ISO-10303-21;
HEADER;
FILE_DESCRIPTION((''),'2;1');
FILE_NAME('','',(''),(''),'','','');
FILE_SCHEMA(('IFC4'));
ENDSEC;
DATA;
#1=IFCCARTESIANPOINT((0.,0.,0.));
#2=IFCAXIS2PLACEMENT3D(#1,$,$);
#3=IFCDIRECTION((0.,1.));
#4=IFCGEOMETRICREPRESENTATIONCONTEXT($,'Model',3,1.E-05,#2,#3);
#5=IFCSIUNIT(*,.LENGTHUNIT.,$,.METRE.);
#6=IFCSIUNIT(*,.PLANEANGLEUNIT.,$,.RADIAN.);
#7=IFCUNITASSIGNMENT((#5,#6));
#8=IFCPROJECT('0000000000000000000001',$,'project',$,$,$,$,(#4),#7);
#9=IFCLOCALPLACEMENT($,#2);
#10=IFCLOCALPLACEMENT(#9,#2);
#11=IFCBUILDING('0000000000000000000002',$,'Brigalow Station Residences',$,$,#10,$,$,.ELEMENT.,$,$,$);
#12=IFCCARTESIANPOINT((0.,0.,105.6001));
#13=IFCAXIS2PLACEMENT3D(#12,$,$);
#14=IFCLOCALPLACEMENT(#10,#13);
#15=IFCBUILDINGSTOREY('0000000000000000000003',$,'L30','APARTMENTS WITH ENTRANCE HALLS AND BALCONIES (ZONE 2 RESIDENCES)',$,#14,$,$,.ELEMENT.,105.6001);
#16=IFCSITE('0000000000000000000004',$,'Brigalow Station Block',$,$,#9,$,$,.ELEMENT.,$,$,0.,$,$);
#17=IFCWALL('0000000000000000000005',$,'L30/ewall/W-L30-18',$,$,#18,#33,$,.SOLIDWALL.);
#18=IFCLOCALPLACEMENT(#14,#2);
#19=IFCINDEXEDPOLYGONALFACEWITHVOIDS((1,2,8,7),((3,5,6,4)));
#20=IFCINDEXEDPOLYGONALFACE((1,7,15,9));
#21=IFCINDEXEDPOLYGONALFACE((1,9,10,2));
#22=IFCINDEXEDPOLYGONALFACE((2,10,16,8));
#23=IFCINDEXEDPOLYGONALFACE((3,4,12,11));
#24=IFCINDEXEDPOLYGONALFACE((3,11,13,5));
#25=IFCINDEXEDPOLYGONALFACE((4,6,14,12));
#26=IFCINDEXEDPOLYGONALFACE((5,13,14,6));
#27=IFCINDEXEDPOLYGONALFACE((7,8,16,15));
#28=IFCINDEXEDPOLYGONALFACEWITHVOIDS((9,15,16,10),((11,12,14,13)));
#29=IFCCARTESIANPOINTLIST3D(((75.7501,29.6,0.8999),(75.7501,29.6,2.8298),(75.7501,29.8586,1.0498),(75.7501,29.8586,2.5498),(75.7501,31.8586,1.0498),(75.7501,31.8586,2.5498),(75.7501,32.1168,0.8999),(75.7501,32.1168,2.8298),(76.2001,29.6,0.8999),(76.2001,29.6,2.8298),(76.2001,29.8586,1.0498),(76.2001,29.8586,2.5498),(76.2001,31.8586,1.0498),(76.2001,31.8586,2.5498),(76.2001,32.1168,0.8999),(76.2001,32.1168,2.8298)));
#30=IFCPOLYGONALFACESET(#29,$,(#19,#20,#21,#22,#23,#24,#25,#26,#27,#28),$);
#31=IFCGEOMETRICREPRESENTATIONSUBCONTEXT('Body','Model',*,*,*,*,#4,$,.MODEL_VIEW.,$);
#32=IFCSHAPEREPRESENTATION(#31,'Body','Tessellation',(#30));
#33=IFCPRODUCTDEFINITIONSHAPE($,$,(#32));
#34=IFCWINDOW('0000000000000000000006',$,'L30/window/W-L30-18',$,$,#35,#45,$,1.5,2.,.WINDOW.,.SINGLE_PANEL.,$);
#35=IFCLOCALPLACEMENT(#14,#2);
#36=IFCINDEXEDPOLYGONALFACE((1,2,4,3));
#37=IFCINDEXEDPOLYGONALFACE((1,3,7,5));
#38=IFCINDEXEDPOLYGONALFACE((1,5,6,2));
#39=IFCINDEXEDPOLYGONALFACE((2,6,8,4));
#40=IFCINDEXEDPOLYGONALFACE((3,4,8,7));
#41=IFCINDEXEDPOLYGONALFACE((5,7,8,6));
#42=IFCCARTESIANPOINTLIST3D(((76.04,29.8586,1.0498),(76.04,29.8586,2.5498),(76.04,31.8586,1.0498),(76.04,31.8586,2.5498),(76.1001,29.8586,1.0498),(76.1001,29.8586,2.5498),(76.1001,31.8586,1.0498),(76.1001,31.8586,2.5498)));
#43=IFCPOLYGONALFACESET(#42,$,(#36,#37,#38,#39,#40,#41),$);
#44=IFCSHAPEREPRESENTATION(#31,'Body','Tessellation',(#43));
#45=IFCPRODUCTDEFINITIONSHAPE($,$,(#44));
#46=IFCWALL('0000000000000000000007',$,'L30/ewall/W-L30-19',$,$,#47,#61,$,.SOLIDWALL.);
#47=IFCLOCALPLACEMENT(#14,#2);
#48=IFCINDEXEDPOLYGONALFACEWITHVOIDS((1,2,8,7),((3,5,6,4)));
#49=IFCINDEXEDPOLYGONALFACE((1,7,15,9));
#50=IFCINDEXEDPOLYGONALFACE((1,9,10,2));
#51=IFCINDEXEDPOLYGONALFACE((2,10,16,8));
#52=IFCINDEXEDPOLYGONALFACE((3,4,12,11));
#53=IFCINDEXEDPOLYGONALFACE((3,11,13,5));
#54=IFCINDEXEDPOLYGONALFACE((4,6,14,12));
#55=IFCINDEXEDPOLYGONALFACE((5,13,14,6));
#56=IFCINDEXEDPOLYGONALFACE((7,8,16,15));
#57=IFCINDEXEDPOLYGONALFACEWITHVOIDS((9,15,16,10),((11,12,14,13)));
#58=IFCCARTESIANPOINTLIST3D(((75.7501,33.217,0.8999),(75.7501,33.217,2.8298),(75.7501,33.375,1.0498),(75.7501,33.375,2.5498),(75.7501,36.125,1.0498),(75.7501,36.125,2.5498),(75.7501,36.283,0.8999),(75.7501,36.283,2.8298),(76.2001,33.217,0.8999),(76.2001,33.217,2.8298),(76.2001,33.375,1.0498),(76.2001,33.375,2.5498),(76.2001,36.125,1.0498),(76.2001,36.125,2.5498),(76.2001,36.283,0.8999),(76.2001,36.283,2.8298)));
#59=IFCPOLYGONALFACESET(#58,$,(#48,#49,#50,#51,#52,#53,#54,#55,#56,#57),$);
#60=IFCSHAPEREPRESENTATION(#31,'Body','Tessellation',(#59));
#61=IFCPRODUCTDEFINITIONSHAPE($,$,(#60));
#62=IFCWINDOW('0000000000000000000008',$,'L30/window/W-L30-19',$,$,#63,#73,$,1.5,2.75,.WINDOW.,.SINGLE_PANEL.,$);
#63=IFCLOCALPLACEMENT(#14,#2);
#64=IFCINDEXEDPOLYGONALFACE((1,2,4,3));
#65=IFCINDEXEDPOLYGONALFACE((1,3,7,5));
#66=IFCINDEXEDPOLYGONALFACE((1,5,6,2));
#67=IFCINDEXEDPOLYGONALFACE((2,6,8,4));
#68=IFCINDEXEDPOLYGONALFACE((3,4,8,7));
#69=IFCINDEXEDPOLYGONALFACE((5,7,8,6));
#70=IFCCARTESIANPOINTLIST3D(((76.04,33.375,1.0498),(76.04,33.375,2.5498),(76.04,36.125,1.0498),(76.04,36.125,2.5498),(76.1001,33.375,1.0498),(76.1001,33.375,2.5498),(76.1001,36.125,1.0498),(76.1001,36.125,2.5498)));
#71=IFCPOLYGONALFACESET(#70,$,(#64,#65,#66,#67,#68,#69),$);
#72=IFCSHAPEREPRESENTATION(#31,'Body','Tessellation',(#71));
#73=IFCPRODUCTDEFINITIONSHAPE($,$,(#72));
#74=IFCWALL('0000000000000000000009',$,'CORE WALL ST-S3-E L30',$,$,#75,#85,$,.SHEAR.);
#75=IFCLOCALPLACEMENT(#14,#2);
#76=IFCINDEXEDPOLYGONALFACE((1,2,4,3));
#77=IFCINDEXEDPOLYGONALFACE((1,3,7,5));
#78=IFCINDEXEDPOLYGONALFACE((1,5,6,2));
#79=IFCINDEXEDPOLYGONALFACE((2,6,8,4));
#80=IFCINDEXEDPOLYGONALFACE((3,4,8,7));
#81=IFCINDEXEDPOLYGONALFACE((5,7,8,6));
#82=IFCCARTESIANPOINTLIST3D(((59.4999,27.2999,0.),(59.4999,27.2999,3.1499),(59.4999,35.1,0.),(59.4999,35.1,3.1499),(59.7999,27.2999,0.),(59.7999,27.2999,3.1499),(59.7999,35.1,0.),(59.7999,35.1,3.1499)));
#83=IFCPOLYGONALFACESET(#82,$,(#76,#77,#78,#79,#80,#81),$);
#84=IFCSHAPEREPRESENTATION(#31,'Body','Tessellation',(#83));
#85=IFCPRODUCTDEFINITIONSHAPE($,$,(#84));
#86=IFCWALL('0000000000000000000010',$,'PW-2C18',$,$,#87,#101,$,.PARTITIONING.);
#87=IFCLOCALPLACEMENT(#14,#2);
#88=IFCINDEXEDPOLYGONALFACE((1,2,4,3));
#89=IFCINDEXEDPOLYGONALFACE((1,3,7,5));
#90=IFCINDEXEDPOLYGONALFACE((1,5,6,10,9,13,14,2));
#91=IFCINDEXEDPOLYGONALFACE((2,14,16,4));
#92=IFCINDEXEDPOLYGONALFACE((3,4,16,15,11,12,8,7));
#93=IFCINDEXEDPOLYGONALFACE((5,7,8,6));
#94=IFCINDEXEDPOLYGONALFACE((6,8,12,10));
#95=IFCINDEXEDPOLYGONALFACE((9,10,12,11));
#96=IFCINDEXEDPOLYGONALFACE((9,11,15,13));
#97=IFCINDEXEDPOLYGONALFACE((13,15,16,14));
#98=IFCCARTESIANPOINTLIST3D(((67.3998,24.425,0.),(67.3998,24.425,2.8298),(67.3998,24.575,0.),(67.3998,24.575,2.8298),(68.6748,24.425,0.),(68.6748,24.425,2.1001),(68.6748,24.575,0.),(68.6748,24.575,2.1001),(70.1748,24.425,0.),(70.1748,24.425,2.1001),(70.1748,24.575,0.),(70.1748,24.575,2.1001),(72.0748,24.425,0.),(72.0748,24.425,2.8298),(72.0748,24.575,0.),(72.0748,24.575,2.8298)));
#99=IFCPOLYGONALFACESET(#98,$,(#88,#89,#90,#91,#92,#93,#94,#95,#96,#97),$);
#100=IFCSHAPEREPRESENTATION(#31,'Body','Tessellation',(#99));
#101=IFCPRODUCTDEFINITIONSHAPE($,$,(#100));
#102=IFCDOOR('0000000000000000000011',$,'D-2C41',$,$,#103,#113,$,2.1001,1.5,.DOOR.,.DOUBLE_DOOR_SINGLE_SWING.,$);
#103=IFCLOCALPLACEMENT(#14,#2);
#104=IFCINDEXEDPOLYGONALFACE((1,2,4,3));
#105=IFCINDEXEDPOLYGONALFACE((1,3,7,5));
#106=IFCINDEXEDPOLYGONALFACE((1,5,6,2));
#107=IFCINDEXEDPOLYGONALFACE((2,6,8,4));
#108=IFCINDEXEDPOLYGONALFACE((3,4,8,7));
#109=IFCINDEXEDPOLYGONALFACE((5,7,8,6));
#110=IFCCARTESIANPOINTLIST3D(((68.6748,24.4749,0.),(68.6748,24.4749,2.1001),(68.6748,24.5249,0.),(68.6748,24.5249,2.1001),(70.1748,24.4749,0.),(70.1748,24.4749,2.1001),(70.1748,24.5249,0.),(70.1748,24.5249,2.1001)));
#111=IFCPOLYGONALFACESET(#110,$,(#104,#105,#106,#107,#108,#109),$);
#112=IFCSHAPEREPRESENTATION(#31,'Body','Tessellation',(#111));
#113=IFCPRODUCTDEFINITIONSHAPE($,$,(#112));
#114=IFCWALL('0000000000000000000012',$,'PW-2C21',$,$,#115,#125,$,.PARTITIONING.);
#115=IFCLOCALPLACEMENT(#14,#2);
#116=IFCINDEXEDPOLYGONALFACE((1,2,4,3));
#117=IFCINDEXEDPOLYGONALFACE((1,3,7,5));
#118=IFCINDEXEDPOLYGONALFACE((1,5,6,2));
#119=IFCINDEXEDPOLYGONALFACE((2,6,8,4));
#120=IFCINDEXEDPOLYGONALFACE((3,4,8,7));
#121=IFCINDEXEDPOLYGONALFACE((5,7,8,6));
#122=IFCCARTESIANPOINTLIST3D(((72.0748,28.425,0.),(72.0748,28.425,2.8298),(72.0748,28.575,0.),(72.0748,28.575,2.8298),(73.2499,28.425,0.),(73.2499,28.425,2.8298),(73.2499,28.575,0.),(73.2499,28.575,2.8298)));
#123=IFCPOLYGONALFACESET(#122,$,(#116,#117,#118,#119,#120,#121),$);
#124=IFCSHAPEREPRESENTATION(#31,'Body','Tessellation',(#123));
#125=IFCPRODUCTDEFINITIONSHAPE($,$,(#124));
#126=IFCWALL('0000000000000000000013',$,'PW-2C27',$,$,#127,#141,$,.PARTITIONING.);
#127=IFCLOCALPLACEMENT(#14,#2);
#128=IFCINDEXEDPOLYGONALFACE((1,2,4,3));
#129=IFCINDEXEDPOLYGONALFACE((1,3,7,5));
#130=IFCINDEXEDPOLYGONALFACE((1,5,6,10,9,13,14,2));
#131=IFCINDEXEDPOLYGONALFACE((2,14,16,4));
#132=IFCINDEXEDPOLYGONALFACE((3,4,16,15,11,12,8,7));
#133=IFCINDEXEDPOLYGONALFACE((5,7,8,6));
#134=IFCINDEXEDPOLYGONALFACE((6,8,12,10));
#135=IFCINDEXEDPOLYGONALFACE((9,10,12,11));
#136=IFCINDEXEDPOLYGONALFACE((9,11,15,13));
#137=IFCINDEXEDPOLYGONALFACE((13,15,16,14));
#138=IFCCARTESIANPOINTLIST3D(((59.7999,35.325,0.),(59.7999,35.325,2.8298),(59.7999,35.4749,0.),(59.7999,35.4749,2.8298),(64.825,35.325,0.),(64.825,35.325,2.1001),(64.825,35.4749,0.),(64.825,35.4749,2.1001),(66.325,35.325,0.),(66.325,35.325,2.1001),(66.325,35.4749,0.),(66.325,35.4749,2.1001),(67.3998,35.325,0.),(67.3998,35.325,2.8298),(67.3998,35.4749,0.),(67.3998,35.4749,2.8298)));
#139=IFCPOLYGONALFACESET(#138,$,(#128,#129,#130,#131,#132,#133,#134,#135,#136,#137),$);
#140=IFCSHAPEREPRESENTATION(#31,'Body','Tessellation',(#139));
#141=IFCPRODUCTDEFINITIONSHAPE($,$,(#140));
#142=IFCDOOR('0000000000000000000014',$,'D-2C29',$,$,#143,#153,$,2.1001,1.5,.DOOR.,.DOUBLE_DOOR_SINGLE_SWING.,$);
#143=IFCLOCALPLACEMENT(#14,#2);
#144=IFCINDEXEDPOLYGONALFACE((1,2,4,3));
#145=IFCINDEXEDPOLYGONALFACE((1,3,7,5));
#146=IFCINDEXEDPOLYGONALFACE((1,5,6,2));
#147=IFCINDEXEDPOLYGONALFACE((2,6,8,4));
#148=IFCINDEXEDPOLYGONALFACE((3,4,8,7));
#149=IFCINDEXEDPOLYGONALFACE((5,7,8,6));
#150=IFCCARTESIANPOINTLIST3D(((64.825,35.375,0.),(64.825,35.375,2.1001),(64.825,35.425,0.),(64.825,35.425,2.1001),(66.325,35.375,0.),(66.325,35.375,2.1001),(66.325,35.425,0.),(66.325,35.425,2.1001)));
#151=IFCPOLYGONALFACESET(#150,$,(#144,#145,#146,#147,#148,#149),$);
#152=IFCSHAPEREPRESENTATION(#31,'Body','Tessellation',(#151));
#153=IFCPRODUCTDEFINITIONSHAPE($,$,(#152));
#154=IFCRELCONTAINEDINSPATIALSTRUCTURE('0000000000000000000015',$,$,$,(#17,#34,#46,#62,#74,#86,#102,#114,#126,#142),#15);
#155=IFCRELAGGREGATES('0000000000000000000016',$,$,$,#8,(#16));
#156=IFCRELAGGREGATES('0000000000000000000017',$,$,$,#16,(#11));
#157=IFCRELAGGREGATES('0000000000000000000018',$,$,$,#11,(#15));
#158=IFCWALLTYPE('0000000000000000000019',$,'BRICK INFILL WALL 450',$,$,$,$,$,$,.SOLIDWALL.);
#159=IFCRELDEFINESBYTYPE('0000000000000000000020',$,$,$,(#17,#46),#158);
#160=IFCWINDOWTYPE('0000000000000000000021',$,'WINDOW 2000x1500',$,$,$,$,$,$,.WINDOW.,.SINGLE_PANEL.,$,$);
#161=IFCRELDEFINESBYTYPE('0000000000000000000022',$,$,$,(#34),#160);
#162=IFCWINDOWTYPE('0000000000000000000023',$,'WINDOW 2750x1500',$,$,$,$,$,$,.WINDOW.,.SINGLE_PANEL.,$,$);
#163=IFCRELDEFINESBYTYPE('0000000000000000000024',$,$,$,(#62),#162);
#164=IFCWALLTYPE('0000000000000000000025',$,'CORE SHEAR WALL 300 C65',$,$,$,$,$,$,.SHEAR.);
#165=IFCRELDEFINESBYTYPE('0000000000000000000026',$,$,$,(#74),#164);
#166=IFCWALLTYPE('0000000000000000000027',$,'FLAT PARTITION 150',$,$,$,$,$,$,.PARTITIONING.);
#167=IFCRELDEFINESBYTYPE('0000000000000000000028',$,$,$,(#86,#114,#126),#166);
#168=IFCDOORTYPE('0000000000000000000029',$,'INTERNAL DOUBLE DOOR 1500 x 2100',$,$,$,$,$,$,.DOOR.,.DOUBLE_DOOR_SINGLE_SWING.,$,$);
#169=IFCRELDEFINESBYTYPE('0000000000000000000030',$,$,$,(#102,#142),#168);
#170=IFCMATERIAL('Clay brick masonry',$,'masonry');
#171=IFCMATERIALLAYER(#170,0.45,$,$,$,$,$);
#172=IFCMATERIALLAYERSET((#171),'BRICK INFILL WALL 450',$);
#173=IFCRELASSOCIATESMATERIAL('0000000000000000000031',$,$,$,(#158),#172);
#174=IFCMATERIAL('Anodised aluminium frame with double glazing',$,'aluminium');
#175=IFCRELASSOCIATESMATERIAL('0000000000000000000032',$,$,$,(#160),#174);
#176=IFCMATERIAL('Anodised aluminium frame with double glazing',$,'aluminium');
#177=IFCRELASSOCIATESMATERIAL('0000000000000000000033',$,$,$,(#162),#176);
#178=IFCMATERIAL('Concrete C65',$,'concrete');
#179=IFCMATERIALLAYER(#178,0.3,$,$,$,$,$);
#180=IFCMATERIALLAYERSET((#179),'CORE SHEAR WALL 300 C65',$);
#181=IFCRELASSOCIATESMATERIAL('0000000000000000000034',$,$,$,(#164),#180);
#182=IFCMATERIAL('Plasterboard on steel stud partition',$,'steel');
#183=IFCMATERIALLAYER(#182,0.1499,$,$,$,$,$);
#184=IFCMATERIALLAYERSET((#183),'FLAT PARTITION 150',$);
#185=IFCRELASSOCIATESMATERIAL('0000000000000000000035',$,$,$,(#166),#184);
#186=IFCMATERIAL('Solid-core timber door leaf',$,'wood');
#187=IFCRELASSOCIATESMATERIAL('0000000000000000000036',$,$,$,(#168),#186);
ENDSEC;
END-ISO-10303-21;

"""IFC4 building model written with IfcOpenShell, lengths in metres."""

from ifc_helpers import new_model, si_unit, direction, frame, frame_2d, origin, place, context, subcontext, project, spatial, rectangle, extrude, material, layer, layer_set, type_object, element, fill, save


model = new_model("IFC4")

# Units and contexts
model_context = context("Model", 3, precision=1e-05, world=origin(), true_north=direction((0.0, 1.0)))
body_context = subcontext(model_context, "Body", "Model", "MODEL_VIEW")
ifc_project = project(units=[si_unit("LENGTHUNIT", "METRE"), si_unit("PLANEANGLEUNIT", "RADIAN")], contexts=[model_context])

# Site, building, storey
site_placement = place(None, origin())
site = spatial("IfcSite", under=ifc_project, at=site_placement, Name="Brigalow Station Block", CompositionType="ELEMENT", RefElevation=0.0)
building_placement = place(site_placement, origin())
building = spatial("IfcBuilding", under=site, at=building_placement, Name="Brigalow Station Residences", CompositionType="ELEMENT")
storey_placement = place(building_placement, frame((0.0, 0.0, 105.6001)))
storey = spatial("IfcBuildingStorey", under=building, at=storey_placement, Name="L30", Description="APARTMENTS WITH ENTRANCE HALLS AND BALCONIES (ZONE 2 RESIDENCES)", CompositionType="ELEMENT", Elevation=105.6001)

# Shared definitions
ifc_material_1 = material(Name="Clay brick masonry", Category="masonry")
ifc_layer_1 = layer(ifc_material_1, 0.45)
ifc_layer_set_1 = layer_set([ifc_layer_1], Name="BRICK INFILL WALL 450")
wall_type_1 = type_object("IfcWallType", Name="BRICK INFILL WALL 450", PredefinedType="SOLIDWALL", material=ifc_layer_set_1)

# Walls, openings, windows
wall_1_placement = place(storey_placement, frame((75.9751, 29.6001, 0.8999), z_axis=(0.0, 0.0, 1.0), x_axis=(0.0, 1.0, 0.0)))
wall_1 = element("IfcWall", 1, at=wall_1_placement, inside=storey, type_object=wall_type_1, Name="L30/ewall/W-L30-18", PredefinedType="SOLIDWALL", context=body_context, shape_type="SweptSolid", body=[
    extrude(rectangle(XDim=2.5168, YDim=0.45, at=frame_2d((1.2583, 0.0))), origin(), (0.0, 0.0, 1.0), 1.9299),
])
opening_1_placement = place(wall_1_placement, frame((0.2585, 0.0, 0.1499)))
opening_1 = element("IfcOpeningElement", 2, at=opening_1_placement, cuts=wall_1, PredefinedType="OPENING", context=body_context, shape_type="SweptSolid", body=[
    extrude(rectangle(XDim=2.0, YDim=1.5, at=frame_2d((1.0, 0.75))), frame((0.0, 0.2349, 0.0), z_axis=(0.0, -1.0, 0.0), x_axis=(1.0, 0.0, 0.0)), (0.0, 0.0, 1.0), 0.47),
])
ifc_material_2 = material(Name="Anodised aluminium frame with double glazing", Category="aluminium")
window_type_1 = type_object("IfcWindowType", Name="WINDOW 2000x1500", PartitioningType="SINGLE_PANEL", PredefinedType="WINDOW", material=ifc_material_2)
window_1_placement = place(opening_1_placement, origin())
window_1 = element("IfcWindow", 3, at=window_1_placement, inside=storey, type_object=window_type_1, Name="L30/window/W-L30-18", OverallHeight=1.5, OverallWidth=2.0, PartitioningType="SINGLE_PANEL", PredefinedType="WINDOW", context=body_context, shape_type="SweptSolid", body=[
    extrude(rectangle(XDim=2.0, YDim=1.5, at=frame_2d((1.0, 0.75))), frame((0.0, -0.0649, 0.0), z_axis=(0.0, -1.0, 0.0), x_axis=(1.0, 0.0, 0.0)), (0.0, 0.0, 1.0), 0.0601),
])
fill(opening_1, window_1)
wall_2_placement = place(storey_placement, frame((75.9751, 33.217, 0.8999), z_axis=(0.0, 0.0, 1.0), x_axis=(0.0, 1.0, 0.0)))
wall_2 = element("IfcWall", 4, at=wall_2_placement, inside=storey, type_object=wall_type_1, Name="L30/ewall/W-L30-19", PredefinedType="SOLIDWALL", context=body_context, shape_type="SweptSolid", body=[
    extrude(rectangle(XDim=3.0659, YDim=0.45, at=frame_2d((1.533, 0.0))), origin(), (0.0, 0.0, 1.0), 1.9299),
])
opening_2_placement = place(wall_2_placement, frame((0.158, 0.0, 0.1499)))
opening_2 = element("IfcOpeningElement", 5, at=opening_2_placement, cuts=wall_2, PredefinedType="OPENING", context=body_context, shape_type="SweptSolid", body=[
    extrude(rectangle(XDim=2.75, YDim=1.5, at=frame_2d((1.375, 0.75))), frame((0.0, 0.2349, 0.0), z_axis=(0.0, -1.0, 0.0), x_axis=(1.0, 0.0, 0.0)), (0.0, 0.0, 1.0), 0.47),
])
ifc_material_3 = material(Name="Anodised aluminium frame with double glazing", Category="aluminium")
window_type_2 = type_object("IfcWindowType", Name="WINDOW 2750x1500", PartitioningType="SINGLE_PANEL", PredefinedType="WINDOW", material=ifc_material_3)
window_2_placement = place(opening_2_placement, origin())
window_2 = element("IfcWindow", 6, at=window_2_placement, inside=storey, type_object=window_type_2, Name="L30/window/W-L30-19", OverallHeight=1.5, OverallWidth=2.75, PartitioningType="SINGLE_PANEL", PredefinedType="WINDOW", context=body_context, shape_type="SweptSolid", body=[
    extrude(rectangle(XDim=2.75, YDim=1.5, at=frame_2d((1.375, 0.75))), frame((0.0, -0.0649, 0.0), z_axis=(0.0, -1.0, 0.0), x_axis=(1.0, 0.0, 0.0)), (0.0, 0.0, 1.0), 0.0601),
])
fill(opening_2, window_2)

# Wall
ifc_material_4 = material(Name="Concrete C65", Category="concrete")
ifc_layer_2 = layer(ifc_material_4, 0.3)
ifc_layer_set_2 = layer_set([ifc_layer_2], Name="CORE SHEAR WALL 300 C65")
wall_type_2 = type_object("IfcWallType", Name="CORE SHEAR WALL 300 C65", PredefinedType="SHEAR", material=ifc_layer_set_2)
wall_3_placement = place(storey_placement, frame((59.6499, 27.3, 0.0), z_axis=(0.0, 0.0, 1.0), x_axis=(0.0, 1.0, 0.0)))
element("IfcWall", 7, at=wall_3_placement, inside=storey, type_object=wall_type_2, Name="CORE WALL ST-S3-E L30", PredefinedType="SHEAR", context=body_context, shape_type="SweptSolid", body=[
    extrude(rectangle(XDim=7.8, YDim=0.3, at=frame_2d((3.8999, 0.0))), origin(), (0.0, 0.0, 1.0), 3.1499),
])

# Wall, opening, door
ifc_material_5 = material(Name="Plasterboard on steel stud partition", Category="steel")
ifc_layer_3 = layer(ifc_material_5, 0.1499)
ifc_layer_set_3 = layer_set([ifc_layer_3], Name="FLAT PARTITION 150")
wall_type_3 = type_object("IfcWallType", Name="FLAT PARTITION 150", PredefinedType="PARTITIONING", material=ifc_layer_set_3)
wall_4_placement = place(storey_placement, frame((67.3999, 24.5, 0.0), z_axis=(0.0, 0.0, 1.0), x_axis=(1.0, 0.0, 0.0)))
wall_4 = element("IfcWall", 8, at=wall_4_placement, inside=storey, type_object=wall_type_3, Name="PW-2C18", PredefinedType="PARTITIONING", context=body_context, shape_type="SweptSolid", body=[
    extrude(rectangle(XDim=4.675, YDim=0.1499, at=frame_2d((2.3374, 0.0))), origin(), (0.0, 0.0, 1.0), 2.8298),
])
opening_3_placement = place(wall_4_placement, frame((1.2749, 0.0, 0.0)))
opening_3 = element("IfcOpeningElement", 9, at=opening_3_placement, cuts=wall_4, PredefinedType="OPENING", context=body_context, shape_type="SweptSolid", body=[
    extrude(rectangle(XDim=1.5, YDim=2.1001, at=frame_2d((0.75, 1.05))), frame((0.0, 0.085, 0.0), z_axis=(0.0, -1.0, 0.0), x_axis=(1.0, 0.0, 0.0)), (0.0, 0.0, 1.0), 0.1699),
])
ifc_material_6 = material(Name="Solid-core timber door leaf", Category="wood")
door_type_1 = type_object("IfcDoorType", Name="INTERNAL DOUBLE DOOR 1500 x 2100", OperationType="DOUBLE_DOOR_SINGLE_SWING", PredefinedType="DOOR", material=ifc_material_6)
door_1_placement = place(opening_3_placement, origin())
door_1 = element("IfcDoor", 10, at=door_1_placement, inside=storey, type_object=door_type_1, Name="D-2C41", OperationType="DOUBLE_DOOR_SINGLE_SWING", OverallHeight=2.1001, OverallWidth=1.5, PredefinedType="DOOR", context=body_context, shape_type="SweptSolid", body=[
    extrude(rectangle(XDim=1.5, YDim=2.1001, at=frame_2d((0.75, 1.05))), frame((0.0, 0.0249, 0.0), z_axis=(0.0, -1.0, 0.0), x_axis=(1.0, 0.0, 0.0)), (0.0, 0.0, 1.0), 0.05),
])
fill(opening_3, door_1)

# Wall
wall_5_placement = place(storey_placement, frame((72.075, 28.5, 0.0), z_axis=(0.0, 0.0, 1.0), x_axis=(1.0, 0.0, 0.0)))
element("IfcWall", 11, at=wall_5_placement, inside=storey, type_object=wall_type_3, Name="PW-2C21", PredefinedType="PARTITIONING", context=body_context, shape_type="SweptSolid", body=[
    extrude(rectangle(XDim=1.175, YDim=0.1499, at=frame_2d((0.5874, 0.0))), origin(), (0.0, 0.0, 1.0), 2.8298),
])

# Wall, opening, door
wall_6_placement = place(storey_placement, frame((59.8, 35.3999, 0.0), z_axis=(0.0, 0.0, 1.0), x_axis=(1.0, 0.0, 0.0)))
wall_6 = element("IfcWall", 12, at=wall_6_placement, inside=storey, type_object=wall_type_3, Name="PW-2C27", PredefinedType="PARTITIONING", context=body_context, shape_type="SweptSolid", body=[
    extrude(rectangle(XDim=7.5999, YDim=0.1499, at=frame_2d((3.7998, 0.0))), origin(), (0.0, 0.0, 1.0), 2.8298),
])
opening_4_placement = place(wall_6_placement, frame((5.0249, 0.0, 0.0)))
opening_4 = element("IfcOpeningElement", 13, at=opening_4_placement, cuts=wall_6, PredefinedType="OPENING", context=body_context, shape_type="SweptSolid", body=[
    extrude(rectangle(XDim=1.5, YDim=2.1001, at=frame_2d((0.75, 1.05))), frame((0.0, 0.085, 0.0), z_axis=(0.0, -1.0, 0.0), x_axis=(1.0, 0.0, 0.0)), (0.0, 0.0, 1.0), 0.1699),
])
door_2_placement = place(opening_4_placement, frame((1.5, 0.0, 0.0), z_axis=(0.0, 0.0, 1.0), x_axis=(-1.0, 0.0, 0.0)))
door_2 = element("IfcDoor", 14, at=door_2_placement, inside=storey, type_object=door_type_1, Name="D-2C29", OperationType="DOUBLE_DOOR_SINGLE_SWING", OverallHeight=2.1001, OverallWidth=1.5, PredefinedType="DOOR", context=body_context, shape_type="SweptSolid", body=[
    extrude(rectangle(XDim=1.5, YDim=2.1001, at=frame_2d((0.75, 1.05))), frame((0.0, 0.0249, 0.0), z_axis=(0.0, -1.0, 0.0), x_axis=(1.0, 0.0, 0.0)), (0.0, 0.0, 1.0), 0.05),
])
fill(opening_4, door_2)

save(model, "model.ifc")
